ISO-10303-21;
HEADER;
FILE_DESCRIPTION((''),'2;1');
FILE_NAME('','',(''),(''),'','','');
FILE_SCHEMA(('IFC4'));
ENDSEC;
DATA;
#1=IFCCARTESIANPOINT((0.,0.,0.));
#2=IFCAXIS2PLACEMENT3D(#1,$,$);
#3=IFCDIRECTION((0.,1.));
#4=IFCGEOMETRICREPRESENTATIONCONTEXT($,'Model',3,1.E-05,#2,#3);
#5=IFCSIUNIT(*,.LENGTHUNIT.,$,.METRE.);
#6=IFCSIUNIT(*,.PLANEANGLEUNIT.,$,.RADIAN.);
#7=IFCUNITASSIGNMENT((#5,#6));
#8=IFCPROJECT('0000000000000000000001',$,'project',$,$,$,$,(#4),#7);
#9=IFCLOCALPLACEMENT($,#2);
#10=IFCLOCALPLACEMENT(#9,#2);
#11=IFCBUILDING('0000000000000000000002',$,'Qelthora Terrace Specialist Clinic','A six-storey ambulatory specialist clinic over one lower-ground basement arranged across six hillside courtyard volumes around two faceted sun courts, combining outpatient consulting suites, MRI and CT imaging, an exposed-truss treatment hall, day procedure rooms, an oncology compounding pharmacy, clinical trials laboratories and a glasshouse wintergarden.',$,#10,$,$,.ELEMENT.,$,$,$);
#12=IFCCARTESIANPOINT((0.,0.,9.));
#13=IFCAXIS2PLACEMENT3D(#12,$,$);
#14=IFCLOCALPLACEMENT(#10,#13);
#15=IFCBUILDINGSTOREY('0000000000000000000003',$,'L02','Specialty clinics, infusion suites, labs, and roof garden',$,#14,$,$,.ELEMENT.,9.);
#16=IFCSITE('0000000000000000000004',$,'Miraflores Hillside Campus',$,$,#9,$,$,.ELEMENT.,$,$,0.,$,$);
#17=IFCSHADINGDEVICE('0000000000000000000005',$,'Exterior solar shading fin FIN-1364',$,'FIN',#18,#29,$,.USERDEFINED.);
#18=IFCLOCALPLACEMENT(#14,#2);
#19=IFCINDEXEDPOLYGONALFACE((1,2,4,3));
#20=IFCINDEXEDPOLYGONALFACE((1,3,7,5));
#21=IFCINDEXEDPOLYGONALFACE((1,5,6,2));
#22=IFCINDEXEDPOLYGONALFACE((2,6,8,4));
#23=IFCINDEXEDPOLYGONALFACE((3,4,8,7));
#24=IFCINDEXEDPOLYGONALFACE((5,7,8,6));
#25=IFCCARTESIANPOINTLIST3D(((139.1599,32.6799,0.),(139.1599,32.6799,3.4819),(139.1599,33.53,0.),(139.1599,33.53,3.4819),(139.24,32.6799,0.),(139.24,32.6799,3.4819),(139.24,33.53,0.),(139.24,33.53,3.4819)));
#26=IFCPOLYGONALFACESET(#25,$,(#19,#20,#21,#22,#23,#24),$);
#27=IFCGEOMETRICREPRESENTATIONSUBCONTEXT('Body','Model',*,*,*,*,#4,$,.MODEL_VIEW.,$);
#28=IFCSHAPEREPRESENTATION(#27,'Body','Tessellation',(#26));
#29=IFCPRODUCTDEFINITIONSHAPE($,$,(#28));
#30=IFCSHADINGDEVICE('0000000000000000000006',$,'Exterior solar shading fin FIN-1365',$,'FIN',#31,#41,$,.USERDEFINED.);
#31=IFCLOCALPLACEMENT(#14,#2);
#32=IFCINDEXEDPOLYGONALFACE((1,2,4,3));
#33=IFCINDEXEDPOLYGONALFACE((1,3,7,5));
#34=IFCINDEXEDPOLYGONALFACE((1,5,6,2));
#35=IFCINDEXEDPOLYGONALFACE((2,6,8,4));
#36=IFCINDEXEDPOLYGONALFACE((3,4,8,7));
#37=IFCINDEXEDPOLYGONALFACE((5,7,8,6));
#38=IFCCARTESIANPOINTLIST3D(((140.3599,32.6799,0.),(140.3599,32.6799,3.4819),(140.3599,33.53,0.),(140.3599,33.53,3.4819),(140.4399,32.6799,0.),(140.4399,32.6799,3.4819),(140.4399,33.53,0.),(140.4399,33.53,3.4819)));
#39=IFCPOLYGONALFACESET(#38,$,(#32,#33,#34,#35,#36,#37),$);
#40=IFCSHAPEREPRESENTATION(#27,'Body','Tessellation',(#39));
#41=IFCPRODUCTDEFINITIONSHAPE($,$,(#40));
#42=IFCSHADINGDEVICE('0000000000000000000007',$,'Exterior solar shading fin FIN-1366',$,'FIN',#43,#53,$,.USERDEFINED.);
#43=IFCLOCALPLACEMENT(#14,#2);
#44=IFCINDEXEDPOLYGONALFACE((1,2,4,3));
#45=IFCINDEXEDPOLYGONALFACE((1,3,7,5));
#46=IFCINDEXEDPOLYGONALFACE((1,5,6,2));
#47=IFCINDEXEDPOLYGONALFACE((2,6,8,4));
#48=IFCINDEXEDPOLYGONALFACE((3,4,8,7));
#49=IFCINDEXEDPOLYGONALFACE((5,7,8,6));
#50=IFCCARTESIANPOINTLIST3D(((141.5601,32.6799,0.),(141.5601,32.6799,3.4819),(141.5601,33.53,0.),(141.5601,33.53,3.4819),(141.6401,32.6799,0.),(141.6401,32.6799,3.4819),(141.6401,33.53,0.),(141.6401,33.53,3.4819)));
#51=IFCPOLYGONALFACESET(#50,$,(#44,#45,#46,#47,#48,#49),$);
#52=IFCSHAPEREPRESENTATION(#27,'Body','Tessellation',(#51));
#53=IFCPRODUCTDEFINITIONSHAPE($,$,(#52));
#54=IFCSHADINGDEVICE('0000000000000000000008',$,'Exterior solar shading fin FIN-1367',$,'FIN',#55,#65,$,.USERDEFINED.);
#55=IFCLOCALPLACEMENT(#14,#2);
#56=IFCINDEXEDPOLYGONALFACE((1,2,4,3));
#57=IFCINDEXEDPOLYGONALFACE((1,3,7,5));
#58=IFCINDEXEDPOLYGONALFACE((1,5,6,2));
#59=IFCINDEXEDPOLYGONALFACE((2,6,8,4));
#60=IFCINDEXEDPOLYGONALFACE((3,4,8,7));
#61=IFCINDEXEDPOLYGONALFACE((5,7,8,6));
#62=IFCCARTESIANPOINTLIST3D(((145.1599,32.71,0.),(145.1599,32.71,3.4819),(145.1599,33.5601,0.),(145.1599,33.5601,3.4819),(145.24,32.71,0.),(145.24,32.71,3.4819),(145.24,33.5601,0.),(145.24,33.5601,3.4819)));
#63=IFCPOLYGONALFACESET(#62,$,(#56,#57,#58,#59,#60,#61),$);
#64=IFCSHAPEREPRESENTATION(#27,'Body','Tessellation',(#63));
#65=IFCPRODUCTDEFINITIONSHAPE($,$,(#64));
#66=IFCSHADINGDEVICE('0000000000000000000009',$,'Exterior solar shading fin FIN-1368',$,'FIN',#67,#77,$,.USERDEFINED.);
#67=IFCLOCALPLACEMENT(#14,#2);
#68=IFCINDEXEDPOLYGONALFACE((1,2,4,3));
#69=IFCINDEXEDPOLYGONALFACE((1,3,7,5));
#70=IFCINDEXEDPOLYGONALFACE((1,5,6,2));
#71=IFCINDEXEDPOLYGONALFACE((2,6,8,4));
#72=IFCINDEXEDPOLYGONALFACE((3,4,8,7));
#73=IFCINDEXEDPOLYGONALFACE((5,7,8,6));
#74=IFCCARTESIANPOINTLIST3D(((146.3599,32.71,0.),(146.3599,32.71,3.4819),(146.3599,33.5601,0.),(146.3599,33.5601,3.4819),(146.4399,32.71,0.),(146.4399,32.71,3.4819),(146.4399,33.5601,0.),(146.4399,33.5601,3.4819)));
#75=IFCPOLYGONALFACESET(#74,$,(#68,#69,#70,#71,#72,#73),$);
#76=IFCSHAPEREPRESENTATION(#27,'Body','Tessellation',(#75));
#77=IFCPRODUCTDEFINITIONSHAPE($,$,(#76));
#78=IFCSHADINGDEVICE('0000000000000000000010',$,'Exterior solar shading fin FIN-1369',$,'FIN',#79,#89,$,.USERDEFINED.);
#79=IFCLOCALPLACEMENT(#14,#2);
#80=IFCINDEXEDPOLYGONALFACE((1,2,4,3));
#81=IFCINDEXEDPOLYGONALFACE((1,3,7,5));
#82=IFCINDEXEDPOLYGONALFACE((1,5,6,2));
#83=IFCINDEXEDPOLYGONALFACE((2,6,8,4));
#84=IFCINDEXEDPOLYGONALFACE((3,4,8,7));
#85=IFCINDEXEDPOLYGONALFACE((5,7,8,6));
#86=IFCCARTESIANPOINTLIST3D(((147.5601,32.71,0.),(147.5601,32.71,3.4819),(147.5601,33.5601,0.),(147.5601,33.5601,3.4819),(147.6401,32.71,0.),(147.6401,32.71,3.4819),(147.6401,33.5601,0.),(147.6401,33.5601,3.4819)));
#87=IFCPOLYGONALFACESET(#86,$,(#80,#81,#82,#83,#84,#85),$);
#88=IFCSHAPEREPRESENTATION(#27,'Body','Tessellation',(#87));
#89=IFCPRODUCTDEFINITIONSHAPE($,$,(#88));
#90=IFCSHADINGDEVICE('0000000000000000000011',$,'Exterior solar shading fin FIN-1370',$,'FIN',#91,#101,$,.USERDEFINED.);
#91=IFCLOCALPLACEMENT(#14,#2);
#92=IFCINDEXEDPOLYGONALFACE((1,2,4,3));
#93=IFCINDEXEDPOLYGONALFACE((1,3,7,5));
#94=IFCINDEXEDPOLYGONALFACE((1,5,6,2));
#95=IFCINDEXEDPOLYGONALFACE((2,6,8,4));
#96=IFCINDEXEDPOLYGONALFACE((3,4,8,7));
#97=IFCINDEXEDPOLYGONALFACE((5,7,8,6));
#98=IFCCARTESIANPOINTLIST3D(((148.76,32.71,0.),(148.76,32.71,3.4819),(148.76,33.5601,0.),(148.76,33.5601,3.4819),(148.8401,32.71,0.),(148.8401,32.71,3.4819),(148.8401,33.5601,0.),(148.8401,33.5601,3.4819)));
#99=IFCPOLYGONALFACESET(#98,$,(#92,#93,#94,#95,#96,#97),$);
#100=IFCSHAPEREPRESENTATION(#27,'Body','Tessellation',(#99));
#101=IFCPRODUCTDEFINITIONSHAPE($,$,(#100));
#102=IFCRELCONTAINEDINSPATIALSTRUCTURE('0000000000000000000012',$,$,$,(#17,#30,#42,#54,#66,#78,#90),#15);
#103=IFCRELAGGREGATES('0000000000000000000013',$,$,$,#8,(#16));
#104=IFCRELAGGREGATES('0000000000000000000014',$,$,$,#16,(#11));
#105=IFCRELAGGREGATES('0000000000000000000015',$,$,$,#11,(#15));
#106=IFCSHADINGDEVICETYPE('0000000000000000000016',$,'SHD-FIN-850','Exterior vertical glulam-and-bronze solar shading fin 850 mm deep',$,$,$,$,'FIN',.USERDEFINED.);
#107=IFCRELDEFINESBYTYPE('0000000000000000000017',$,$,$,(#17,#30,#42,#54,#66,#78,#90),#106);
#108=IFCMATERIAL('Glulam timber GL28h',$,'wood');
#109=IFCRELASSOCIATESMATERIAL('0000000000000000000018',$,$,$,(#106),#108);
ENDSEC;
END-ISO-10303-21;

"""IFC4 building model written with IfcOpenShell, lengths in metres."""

from ifc_helpers import new_model, si_unit, direction, frame, origin, origin_2d, place, context, subcontext, project, spatial, rectangle, extrude, material, type_object, element, save


model = new_model("IFC4")

# Units and contexts
model_context = context("Model", 3, precision=1e-05, world=origin(), true_north=direction((0.0, 1.0)))
body_context = subcontext(model_context, "Body", "Model", "MODEL_VIEW")
ifc_project = project(units=[si_unit("LENGTHUNIT", "METRE"), si_unit("PLANEANGLEUNIT", "RADIAN")], contexts=[model_context])

# Site, building, storey
site_placement = place(None, origin())
site = spatial("IfcSite", under=ifc_project, at=site_placement, Name="Miraflores Hillside Campus", CompositionType="ELEMENT", RefElevation=0.0)
building_placement = place(site_placement, origin())
building = spatial("IfcBuilding", under=site, at=building_placement, Name="Qelthora Terrace Specialist Clinic", Description="A six-storey ambulatory specialist clinic over one lower-ground basement arranged across six hillside courtyard volumes around two faceted sun courts, combining outpatient consulting suites, MRI and CT imaging, an exposed-truss treatment hall, day procedure rooms, an oncology compounding pharmacy, clinical trials laboratories and a glasshouse wintergarden.", CompositionType="ELEMENT")
storey_placement = place(building_placement, frame((0.0, 0.0, 9.0)))
storey = spatial("IfcBuildingStorey", under=building, at=storey_placement, Name="L02", Description="Specialty clinics, infusion suites, labs, and roof garden", CompositionType="ELEMENT", Elevation=9.0)

# Shading devices
ifc_material_1 = material(Name="Glulam timber GL28h", Category="wood")
shading_device_type = type_object("IfcShadingDeviceType", Name="SHD-FIN-850", Description="Exterior vertical glulam-and-bronze solar shading fin 850 mm deep", ElementType="FIN", PredefinedType="USERDEFINED", material=ifc_material_1)
for number, where, z_axis, x_axis, name in (
    (1, (139.2, 33.105, 0.0), (0.0, 0.0, 1.0), (0.0, -1.0, 0.0), "Exterior solar shading fin FIN-1364"),
    (2, (140.3999, 33.105, 0.0), (0.0, 0.0, 1.0), (0.0, -1.0, 0.0), "Exterior solar shading fin FIN-1365"),
    (3, (141.6001, 33.105, 0.0), (0.0, 0.0, 1.0), (0.0, -1.0, 0.0), "Exterior solar shading fin FIN-1366"),
    (4, (145.2, 33.135, 0.0), (0.0, 0.0, 1.0), (0.0, -1.0, 0.0), "Exterior solar shading fin FIN-1367"),
    (5, (146.3999, 33.135, 0.0), (0.0, 0.0, 1.0), (0.0, -1.0, 0.0), "Exterior solar shading fin FIN-1368"),
    (6, (147.6001, 33.135, 0.0), (0.0, 0.0, 1.0), (0.0, -1.0, 0.0), "Exterior solar shading fin FIN-1369"),
    (7, (148.8, 33.135, 0.0), (0.0, 0.0, 1.0), (0.0, -1.0, 0.0), "Exterior solar shading fin FIN-1370"),
):
    element("IfcShadingDevice", number, at=place(storey_placement, frame(where, z_axis=z_axis, x_axis=x_axis)), inside=storey, type_object=shading_device_type, Name=name, ObjectType="FIN", PredefinedType="USERDEFINED", context=body_context, shape_type="SweptSolid", body=[
        extrude(rectangle(XDim=0.8501, YDim=0.0801, at=origin_2d()), origin(), (0.0, 0.0, 1.0), 3.4819),
    ])

save(model, "model.ifc")
